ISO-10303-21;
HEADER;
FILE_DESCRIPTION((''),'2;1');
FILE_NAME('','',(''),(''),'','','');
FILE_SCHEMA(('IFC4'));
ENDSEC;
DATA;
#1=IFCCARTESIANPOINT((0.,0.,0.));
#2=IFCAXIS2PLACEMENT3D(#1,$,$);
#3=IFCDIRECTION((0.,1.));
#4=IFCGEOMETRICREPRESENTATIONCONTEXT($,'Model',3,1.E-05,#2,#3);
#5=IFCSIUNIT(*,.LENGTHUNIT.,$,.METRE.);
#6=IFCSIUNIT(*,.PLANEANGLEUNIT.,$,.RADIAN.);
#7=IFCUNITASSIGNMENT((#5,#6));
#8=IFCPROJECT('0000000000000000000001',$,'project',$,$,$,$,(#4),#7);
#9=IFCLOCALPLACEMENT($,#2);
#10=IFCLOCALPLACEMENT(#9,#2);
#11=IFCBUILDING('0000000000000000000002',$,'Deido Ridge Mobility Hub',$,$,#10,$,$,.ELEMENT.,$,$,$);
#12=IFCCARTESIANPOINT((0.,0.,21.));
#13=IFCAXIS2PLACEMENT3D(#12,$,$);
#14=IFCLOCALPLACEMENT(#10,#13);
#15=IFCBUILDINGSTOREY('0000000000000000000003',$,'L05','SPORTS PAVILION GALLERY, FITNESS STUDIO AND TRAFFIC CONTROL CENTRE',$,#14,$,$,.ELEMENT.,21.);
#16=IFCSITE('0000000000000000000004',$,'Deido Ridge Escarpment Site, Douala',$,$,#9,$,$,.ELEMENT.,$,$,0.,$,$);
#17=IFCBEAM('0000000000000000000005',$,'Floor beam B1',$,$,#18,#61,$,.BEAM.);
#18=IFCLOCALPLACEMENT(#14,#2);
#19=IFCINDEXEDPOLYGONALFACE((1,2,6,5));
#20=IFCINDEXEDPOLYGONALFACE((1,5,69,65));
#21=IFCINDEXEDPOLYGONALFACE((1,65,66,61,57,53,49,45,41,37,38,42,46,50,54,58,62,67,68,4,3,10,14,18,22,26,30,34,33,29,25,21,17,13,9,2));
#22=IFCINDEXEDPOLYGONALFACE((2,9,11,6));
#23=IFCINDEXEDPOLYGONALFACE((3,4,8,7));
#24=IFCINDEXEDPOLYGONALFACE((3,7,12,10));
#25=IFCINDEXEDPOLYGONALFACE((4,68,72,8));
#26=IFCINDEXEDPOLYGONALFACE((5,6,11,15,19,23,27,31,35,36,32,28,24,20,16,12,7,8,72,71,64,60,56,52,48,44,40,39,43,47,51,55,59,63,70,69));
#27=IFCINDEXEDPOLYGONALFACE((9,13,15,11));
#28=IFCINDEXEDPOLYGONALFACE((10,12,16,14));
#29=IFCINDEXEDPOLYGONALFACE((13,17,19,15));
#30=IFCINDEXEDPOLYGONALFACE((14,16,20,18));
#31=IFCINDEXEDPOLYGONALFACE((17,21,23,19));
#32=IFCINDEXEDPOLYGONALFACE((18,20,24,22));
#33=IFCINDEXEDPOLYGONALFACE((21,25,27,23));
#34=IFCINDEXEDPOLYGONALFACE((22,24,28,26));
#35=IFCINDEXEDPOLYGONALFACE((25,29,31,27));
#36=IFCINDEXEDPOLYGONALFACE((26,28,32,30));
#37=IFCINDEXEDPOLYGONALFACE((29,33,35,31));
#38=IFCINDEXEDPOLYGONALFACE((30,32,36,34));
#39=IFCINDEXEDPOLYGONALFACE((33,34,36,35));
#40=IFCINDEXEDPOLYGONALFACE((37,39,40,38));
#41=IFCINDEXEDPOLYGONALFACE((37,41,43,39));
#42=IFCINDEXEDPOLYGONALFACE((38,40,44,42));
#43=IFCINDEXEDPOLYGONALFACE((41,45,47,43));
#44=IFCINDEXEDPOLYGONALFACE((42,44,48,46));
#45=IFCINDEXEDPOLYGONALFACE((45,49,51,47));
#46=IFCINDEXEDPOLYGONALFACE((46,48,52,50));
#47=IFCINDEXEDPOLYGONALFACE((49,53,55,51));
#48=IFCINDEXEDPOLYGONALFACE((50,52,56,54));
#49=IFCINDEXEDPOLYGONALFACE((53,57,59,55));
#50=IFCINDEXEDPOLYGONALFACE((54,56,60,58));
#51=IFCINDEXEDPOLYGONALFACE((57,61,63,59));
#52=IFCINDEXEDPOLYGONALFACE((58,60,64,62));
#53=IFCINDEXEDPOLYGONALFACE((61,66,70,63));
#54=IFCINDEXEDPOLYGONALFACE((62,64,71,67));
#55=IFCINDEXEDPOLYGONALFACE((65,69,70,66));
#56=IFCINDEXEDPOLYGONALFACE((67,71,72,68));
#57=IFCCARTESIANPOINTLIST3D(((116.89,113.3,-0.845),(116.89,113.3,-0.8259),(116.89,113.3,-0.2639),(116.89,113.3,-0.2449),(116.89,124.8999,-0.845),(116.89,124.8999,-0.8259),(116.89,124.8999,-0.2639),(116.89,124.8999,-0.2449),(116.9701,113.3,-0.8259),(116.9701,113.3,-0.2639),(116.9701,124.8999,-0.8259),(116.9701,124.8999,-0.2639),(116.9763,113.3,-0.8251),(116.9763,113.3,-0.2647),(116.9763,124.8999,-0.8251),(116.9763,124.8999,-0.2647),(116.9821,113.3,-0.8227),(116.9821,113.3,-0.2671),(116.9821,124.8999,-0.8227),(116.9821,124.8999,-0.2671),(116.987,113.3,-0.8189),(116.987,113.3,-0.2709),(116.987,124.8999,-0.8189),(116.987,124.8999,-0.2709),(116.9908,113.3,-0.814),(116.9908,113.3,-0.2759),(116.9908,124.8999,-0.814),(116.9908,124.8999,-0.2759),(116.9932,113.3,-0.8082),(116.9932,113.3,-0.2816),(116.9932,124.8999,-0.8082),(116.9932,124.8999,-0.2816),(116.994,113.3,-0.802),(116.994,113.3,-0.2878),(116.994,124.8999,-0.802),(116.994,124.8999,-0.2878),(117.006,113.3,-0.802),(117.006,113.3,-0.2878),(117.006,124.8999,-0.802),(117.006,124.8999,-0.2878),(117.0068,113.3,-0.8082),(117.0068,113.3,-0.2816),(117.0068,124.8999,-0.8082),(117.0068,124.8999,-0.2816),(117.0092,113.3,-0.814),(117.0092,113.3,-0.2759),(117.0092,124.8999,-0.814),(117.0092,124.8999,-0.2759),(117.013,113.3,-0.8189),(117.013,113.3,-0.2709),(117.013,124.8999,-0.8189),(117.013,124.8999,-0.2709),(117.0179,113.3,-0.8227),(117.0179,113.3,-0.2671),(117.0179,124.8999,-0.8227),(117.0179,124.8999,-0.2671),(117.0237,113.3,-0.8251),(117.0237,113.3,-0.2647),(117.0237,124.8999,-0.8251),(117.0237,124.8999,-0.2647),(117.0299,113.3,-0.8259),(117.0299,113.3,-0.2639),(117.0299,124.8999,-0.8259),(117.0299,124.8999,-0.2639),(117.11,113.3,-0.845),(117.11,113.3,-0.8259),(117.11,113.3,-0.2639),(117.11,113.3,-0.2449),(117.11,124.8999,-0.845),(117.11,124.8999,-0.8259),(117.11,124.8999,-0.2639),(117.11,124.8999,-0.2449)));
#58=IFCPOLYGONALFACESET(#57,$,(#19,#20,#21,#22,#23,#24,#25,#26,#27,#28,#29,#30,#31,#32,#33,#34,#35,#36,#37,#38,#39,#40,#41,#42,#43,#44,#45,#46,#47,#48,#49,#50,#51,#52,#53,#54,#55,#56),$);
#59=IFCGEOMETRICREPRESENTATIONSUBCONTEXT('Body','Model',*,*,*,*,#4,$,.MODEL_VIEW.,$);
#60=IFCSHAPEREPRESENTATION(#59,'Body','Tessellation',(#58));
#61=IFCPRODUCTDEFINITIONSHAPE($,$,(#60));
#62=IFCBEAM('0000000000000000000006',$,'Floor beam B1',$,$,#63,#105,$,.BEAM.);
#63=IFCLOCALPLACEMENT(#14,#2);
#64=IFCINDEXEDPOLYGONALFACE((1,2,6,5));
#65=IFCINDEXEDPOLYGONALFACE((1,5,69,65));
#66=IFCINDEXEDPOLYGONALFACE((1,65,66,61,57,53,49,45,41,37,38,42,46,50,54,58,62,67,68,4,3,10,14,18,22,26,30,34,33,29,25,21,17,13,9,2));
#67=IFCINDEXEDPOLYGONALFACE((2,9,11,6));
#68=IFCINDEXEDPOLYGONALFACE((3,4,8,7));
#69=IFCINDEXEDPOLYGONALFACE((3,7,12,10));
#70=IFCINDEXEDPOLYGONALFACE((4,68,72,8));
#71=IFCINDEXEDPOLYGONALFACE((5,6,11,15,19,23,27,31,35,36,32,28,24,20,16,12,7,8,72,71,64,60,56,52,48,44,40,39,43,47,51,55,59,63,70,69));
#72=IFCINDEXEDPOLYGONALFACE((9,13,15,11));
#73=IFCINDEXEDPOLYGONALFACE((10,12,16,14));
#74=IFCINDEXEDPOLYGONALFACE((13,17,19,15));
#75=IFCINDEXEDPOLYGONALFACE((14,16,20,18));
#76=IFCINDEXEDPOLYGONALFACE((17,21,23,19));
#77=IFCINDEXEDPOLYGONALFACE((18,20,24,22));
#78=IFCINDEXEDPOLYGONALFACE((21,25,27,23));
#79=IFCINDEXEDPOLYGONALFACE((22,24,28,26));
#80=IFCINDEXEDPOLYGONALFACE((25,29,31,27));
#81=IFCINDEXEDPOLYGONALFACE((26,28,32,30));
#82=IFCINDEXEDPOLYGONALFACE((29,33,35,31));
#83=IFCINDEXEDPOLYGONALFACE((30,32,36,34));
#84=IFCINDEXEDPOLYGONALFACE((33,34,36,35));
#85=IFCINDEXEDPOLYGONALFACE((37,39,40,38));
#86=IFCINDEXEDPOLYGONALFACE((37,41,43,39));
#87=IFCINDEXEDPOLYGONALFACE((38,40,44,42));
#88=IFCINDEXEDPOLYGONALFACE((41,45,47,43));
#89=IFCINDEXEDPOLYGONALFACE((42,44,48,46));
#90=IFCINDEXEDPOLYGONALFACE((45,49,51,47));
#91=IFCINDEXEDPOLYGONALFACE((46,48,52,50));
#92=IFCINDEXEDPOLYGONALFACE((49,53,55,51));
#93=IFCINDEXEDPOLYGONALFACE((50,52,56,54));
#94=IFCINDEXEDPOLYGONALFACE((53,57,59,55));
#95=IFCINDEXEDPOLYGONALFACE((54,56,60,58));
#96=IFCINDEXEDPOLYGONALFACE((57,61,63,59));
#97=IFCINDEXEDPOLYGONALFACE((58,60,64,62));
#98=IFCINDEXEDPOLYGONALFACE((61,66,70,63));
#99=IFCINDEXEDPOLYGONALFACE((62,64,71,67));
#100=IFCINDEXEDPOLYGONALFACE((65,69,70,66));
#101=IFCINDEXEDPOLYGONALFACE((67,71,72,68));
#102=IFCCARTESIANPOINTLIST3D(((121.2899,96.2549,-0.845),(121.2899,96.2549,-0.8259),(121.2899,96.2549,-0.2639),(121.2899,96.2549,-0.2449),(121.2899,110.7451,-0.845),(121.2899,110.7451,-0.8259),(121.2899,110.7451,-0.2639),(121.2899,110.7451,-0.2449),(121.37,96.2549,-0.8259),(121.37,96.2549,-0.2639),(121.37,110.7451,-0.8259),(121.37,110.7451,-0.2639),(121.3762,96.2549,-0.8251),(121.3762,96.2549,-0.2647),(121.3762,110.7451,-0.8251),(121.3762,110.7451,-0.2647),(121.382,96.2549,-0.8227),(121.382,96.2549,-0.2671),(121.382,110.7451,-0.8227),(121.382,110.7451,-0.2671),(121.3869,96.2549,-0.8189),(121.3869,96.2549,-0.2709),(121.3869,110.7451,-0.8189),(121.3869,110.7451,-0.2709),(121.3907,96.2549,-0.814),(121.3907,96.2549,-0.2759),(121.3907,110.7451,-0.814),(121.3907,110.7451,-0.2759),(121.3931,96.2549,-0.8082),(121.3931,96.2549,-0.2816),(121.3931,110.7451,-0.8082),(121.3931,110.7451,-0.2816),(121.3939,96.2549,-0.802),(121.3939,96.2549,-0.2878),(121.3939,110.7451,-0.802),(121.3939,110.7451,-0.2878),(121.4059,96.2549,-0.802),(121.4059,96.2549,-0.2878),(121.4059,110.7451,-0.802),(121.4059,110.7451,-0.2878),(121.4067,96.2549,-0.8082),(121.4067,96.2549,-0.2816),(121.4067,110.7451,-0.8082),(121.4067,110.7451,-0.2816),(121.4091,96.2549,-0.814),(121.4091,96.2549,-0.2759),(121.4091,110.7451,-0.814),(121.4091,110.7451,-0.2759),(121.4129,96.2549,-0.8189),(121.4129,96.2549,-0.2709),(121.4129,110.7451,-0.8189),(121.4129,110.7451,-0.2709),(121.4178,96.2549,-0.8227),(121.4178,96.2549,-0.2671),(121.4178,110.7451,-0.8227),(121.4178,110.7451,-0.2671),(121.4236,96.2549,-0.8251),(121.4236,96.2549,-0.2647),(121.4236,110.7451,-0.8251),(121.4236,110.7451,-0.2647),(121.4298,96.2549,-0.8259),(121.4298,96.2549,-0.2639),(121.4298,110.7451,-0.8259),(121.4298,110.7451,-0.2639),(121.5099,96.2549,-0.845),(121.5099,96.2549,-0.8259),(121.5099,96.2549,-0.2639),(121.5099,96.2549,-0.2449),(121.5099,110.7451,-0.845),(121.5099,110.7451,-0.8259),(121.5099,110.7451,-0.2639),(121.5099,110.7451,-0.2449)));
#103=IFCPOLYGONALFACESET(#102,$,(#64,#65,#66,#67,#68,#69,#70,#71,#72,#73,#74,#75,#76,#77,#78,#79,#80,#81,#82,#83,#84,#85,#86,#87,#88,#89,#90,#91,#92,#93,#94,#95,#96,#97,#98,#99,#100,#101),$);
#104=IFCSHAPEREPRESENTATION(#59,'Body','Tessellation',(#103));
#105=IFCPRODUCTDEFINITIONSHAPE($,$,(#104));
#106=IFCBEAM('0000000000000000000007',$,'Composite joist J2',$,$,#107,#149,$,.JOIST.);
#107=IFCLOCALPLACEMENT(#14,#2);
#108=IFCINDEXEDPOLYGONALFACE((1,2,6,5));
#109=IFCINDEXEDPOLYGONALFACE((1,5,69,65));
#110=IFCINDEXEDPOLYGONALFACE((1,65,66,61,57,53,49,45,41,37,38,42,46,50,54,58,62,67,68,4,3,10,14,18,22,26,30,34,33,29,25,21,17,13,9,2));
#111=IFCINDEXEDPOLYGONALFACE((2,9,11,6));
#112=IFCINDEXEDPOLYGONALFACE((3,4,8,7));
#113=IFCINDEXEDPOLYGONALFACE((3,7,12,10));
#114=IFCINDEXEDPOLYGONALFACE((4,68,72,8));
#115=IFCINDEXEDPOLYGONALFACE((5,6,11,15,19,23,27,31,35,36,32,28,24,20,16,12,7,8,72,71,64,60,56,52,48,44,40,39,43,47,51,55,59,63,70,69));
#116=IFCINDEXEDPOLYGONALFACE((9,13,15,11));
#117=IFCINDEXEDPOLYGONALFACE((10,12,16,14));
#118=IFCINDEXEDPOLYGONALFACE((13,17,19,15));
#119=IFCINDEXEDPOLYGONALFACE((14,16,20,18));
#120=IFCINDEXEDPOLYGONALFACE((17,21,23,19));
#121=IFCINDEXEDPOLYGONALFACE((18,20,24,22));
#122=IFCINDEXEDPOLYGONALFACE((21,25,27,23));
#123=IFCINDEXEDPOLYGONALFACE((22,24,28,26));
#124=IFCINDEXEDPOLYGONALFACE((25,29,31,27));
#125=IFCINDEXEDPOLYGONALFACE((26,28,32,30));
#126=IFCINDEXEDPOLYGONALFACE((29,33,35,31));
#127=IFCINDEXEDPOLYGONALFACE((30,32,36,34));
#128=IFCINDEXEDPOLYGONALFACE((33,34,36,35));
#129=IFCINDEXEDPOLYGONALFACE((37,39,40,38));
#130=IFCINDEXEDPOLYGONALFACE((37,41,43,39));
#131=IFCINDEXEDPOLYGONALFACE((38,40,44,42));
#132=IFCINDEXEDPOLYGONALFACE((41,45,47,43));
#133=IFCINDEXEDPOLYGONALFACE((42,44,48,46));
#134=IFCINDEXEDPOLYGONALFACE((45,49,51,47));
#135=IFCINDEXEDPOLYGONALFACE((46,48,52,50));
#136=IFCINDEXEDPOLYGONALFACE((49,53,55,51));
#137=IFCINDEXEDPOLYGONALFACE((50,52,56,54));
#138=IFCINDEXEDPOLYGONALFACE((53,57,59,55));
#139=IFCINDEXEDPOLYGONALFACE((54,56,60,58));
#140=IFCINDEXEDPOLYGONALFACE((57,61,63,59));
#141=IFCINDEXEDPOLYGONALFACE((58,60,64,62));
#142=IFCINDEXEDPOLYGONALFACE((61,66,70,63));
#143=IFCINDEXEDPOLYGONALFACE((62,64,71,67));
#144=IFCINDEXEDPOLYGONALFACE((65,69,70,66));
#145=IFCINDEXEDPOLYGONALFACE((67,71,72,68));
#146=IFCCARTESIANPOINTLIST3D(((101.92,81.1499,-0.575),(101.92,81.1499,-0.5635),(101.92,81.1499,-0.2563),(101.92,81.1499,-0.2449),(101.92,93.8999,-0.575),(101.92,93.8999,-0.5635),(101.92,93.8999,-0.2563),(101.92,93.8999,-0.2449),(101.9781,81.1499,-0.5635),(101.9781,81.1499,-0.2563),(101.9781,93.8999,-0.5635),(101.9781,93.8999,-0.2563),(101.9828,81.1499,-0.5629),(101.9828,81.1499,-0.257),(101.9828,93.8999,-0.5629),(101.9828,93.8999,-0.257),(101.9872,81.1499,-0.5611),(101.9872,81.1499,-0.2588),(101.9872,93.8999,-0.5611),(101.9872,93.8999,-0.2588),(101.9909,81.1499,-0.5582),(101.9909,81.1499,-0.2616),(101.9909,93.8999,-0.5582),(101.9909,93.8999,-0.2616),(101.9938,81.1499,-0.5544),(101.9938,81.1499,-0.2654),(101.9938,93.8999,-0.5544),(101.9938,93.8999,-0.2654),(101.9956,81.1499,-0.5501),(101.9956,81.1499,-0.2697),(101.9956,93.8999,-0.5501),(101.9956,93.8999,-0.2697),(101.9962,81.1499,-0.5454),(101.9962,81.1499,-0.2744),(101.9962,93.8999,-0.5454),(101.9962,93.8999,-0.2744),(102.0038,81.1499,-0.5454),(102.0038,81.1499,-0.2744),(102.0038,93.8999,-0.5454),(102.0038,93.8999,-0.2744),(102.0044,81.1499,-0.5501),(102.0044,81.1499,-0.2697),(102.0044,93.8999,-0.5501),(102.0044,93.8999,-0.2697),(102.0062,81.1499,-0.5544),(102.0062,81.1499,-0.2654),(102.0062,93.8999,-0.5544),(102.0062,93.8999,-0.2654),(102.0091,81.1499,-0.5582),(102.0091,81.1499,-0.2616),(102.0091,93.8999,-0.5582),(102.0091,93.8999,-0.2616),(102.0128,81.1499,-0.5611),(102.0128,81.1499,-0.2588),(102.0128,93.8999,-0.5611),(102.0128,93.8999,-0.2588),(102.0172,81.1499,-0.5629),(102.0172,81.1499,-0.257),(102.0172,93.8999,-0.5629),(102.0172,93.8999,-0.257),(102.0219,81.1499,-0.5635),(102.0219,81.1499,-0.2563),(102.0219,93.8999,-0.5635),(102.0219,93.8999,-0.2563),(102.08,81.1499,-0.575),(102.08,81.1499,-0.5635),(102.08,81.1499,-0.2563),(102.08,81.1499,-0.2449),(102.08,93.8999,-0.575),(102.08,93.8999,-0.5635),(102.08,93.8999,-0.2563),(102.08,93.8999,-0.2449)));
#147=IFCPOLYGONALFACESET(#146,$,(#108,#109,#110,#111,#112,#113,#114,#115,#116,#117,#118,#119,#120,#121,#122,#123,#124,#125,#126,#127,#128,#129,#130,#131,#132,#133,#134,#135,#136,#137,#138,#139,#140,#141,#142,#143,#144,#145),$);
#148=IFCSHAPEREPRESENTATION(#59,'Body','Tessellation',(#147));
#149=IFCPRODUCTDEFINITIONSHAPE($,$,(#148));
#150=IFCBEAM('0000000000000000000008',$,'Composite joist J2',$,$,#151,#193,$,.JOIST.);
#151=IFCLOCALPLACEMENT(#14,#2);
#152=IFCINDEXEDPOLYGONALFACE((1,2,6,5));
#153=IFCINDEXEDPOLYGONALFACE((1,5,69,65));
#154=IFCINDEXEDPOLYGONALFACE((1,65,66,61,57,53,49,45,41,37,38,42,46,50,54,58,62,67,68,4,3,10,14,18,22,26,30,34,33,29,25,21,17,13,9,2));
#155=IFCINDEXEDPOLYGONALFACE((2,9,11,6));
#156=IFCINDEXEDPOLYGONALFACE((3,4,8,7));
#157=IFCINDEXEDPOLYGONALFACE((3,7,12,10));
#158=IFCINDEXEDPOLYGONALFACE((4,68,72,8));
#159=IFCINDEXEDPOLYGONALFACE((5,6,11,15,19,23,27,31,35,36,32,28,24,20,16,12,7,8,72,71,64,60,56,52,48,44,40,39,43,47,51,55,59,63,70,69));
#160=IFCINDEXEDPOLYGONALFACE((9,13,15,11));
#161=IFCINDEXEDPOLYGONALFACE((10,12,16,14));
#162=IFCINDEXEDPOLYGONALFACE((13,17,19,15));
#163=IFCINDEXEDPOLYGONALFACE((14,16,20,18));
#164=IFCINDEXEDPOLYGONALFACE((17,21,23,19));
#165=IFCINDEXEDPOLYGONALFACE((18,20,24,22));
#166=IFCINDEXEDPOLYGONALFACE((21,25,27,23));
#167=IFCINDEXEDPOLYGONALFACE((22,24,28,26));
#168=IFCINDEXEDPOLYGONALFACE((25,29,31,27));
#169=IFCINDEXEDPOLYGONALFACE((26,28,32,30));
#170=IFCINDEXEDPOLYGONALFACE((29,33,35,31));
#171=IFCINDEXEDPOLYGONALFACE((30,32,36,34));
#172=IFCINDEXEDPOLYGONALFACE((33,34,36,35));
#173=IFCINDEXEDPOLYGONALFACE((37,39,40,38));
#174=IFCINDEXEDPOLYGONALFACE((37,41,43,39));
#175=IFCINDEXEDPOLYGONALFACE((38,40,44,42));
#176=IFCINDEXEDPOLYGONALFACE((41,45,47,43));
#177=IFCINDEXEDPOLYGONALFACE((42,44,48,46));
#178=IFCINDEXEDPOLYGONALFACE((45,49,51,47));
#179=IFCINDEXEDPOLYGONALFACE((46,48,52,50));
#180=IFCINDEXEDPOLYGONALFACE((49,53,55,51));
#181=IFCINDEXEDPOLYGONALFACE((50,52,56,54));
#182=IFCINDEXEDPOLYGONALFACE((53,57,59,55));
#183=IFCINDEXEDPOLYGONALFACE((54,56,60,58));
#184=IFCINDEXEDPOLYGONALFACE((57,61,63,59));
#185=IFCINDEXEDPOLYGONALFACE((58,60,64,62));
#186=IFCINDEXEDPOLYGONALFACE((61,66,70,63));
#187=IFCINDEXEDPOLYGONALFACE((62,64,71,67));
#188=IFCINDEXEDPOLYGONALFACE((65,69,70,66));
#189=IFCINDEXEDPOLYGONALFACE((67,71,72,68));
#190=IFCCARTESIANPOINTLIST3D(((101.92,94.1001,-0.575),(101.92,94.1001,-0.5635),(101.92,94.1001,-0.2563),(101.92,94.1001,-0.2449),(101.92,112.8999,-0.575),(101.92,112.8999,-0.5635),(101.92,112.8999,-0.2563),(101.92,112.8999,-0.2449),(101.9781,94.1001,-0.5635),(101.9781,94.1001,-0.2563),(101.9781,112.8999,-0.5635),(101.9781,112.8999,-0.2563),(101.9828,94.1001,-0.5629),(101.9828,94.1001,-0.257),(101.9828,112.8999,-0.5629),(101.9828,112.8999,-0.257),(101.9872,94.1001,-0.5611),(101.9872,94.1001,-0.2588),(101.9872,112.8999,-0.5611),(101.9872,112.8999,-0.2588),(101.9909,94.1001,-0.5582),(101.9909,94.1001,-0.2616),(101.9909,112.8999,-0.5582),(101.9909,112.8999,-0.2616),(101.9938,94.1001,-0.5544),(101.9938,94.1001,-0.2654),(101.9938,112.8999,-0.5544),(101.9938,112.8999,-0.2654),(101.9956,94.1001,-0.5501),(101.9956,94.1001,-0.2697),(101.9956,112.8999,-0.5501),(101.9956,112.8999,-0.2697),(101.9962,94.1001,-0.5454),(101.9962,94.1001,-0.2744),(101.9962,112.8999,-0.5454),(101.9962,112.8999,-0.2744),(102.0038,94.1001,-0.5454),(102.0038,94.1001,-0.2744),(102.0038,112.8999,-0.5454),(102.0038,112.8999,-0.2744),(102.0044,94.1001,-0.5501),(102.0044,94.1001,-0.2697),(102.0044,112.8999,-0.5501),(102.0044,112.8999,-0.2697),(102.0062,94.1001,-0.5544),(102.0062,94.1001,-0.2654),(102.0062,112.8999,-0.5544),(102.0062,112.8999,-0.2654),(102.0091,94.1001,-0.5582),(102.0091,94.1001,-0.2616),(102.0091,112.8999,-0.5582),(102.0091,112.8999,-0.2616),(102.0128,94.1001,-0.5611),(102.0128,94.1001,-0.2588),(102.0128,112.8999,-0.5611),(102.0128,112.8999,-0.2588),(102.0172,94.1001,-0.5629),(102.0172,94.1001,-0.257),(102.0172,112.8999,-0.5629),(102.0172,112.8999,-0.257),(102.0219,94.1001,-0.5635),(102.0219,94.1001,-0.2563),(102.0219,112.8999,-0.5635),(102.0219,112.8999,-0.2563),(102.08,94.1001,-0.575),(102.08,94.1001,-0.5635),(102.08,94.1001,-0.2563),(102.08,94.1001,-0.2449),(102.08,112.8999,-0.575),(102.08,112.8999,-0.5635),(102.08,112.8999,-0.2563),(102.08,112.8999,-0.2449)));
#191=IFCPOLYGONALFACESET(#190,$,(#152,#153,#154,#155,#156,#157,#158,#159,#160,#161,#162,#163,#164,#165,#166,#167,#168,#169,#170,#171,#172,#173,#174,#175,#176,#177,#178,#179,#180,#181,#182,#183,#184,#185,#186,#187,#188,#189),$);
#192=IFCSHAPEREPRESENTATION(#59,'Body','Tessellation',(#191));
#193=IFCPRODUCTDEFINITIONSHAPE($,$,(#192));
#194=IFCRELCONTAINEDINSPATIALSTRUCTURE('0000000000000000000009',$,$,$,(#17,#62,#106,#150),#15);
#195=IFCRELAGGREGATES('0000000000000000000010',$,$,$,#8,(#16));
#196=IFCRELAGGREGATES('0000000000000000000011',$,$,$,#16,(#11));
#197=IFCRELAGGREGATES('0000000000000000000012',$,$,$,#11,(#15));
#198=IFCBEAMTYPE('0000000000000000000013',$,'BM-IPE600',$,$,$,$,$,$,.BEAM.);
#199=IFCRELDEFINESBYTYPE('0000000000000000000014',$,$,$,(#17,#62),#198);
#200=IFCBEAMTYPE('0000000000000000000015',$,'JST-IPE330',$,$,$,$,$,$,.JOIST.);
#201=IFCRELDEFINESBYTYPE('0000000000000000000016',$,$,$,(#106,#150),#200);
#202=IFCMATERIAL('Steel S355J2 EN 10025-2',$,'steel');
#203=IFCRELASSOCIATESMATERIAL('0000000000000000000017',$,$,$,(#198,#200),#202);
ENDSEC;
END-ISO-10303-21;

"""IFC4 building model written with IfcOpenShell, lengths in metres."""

from ifc_helpers import new_model, si_unit, direction, frame, origin, origin_2d, place, context, subcontext, project, spatial, i_section, extrude, material, material_profile, profile_set, type_object, element, save


model = new_model("IFC4")

# Units and contexts
model_context = context("Model", 3, precision=1e-05, world=origin(), true_north=direction((0.0, 1.0)))
body_context = subcontext(model_context, "Body", "Model", "MODEL_VIEW")
ifc_project = project(units=[si_unit("LENGTHUNIT", "METRE"), si_unit("PLANEANGLEUNIT", "RADIAN")], contexts=[model_context])

# Site, building, storey
site_placement = place(None, origin())
site = spatial("IfcSite", under=ifc_project, at=site_placement, Name="Deido Ridge Escarpment Site, Douala", CompositionType="ELEMENT", RefElevation=0.0)
building_placement = place(site_placement, origin())
building = spatial("IfcBuilding", under=site, at=building_placement, Name="Deido Ridge Mobility Hub", CompositionType="ELEMENT")
storey_placement = place(building_placement, frame((0.0, 0.0, 21.0)))
storey = spatial("IfcBuildingStorey", under=building, at=storey_placement, Name="L05", Description="SPORTS PAVILION GALLERY, FITNESS STUDIO AND TRAFFIC CONTROL CENTRE", CompositionType="ELEMENT", Elevation=21.0)

# Beams
ifc_material_1 = material(Name="Steel S355J2 EN 10025-2", Category="steel")
ifc_material_profile_1 = material_profile(ifc_material_1, i_section(OverallWidth=0.22, OverallDepth=0.6001, WebThickness=0.012, FlangeThickness=0.019, FilletRadius=0.0239, at=origin_2d()), Name="IPE 600")
ifc_profile_set_1 = profile_set([ifc_material_profile_1], Name="Steel S355J2 EN 10025-2")
beam_type_1 = type_object("IfcBeamType", Name="BM-IPE600", PredefinedType="BEAM", material=ifc_profile_set_1)
beam_1_placement = place(storey_placement, frame((117.0, 113.3, -0.5449), z_axis=(0.0, 1.0, 0.0), x_axis=(-1.0, 0.0, 0.0)))
element("IfcBeam", 1, at=beam_1_placement, inside=storey, type_object=beam_type_1, Name="Floor beam B1", PredefinedType="BEAM", context=body_context, shape_type="SweptSolid", body=[
    extrude(i_section(OverallWidth=0.22, OverallDepth=0.6001, WebThickness=0.012, FlangeThickness=0.019, FilletRadius=0.0239, at=origin_2d()), origin(), (0.0, 0.0, 1.0), 11.5999),
])
beam_2_placement = place(storey_placement, frame((121.3999, 96.2549, -0.5449), z_axis=(0.0, 1.0, 0.0), x_axis=(-1.0, 0.0, 0.0)))
element("IfcBeam", 2, at=beam_2_placement, inside=storey, type_object=beam_type_1, Name="Floor beam B1", PredefinedType="BEAM", context=body_context, shape_type="SweptSolid", body=[
    extrude(i_section(OverallWidth=0.22, OverallDepth=0.6001, WebThickness=0.012, FlangeThickness=0.019, FilletRadius=0.0239, at=origin_2d()), origin(), (0.0, 0.0, 1.0), 14.4902),
])
ifc_material_profile_2 = material_profile(ifc_material_1, i_section(OverallWidth=0.1599, OverallDepth=0.3301, WebThickness=0.0076, FlangeThickness=0.0115, FilletRadius=0.0181, at=origin_2d()), Name="IPE 330")
ifc_profile_set_2 = profile_set([ifc_material_profile_2], Name="Steel S355J2 EN 10025-2")
beam_type_2 = type_object("IfcBeamType", Name="JST-IPE330", PredefinedType="JOIST", material=ifc_profile_set_2)
beam_3_placement = place(storey_placement, frame((102.0, 81.1499, -0.4099), z_axis=(0.0, 1.0, 0.0), x_axis=(-1.0, 0.0, 0.0)))
element("IfcBeam", 3, at=beam_3_placement, inside=storey, type_object=beam_type_2, Name="Composite joist J2", PredefinedType="JOIST", context=body_context, shape_type="SweptSolid", body=[
    extrude(i_section(OverallWidth=0.1599, OverallDepth=0.3301, WebThickness=0.0076, FlangeThickness=0.0115, FilletRadius=0.0181, at=origin_2d()), origin(), (0.0, 0.0, 1.0), 12.75),
])
for number, where, z_axis, x_axis, name in (
    (4, (102.0, 94.1001, -0.4099), (0.0, 1.0, 0.0), (-1.0, 0.0, 0.0), "Composite joist J2"),
):
    element("IfcBeam", number, at=place(storey_placement, frame(where, z_axis=z_axis, x_axis=x_axis)), inside=storey, type_object=beam_type_2, Name=name, PredefinedType="JOIST", context=body_context, shape_type="SweptSolid", body=[
        extrude(i_section(OverallWidth=0.1599, OverallDepth=0.3301, WebThickness=0.0076, FlangeThickness=0.0115, FilletRadius=0.0181, at=origin_2d()), origin(), (0.0, 0.0, 1.0), 18.7998),
    ])

save(model, "model.ifc")
